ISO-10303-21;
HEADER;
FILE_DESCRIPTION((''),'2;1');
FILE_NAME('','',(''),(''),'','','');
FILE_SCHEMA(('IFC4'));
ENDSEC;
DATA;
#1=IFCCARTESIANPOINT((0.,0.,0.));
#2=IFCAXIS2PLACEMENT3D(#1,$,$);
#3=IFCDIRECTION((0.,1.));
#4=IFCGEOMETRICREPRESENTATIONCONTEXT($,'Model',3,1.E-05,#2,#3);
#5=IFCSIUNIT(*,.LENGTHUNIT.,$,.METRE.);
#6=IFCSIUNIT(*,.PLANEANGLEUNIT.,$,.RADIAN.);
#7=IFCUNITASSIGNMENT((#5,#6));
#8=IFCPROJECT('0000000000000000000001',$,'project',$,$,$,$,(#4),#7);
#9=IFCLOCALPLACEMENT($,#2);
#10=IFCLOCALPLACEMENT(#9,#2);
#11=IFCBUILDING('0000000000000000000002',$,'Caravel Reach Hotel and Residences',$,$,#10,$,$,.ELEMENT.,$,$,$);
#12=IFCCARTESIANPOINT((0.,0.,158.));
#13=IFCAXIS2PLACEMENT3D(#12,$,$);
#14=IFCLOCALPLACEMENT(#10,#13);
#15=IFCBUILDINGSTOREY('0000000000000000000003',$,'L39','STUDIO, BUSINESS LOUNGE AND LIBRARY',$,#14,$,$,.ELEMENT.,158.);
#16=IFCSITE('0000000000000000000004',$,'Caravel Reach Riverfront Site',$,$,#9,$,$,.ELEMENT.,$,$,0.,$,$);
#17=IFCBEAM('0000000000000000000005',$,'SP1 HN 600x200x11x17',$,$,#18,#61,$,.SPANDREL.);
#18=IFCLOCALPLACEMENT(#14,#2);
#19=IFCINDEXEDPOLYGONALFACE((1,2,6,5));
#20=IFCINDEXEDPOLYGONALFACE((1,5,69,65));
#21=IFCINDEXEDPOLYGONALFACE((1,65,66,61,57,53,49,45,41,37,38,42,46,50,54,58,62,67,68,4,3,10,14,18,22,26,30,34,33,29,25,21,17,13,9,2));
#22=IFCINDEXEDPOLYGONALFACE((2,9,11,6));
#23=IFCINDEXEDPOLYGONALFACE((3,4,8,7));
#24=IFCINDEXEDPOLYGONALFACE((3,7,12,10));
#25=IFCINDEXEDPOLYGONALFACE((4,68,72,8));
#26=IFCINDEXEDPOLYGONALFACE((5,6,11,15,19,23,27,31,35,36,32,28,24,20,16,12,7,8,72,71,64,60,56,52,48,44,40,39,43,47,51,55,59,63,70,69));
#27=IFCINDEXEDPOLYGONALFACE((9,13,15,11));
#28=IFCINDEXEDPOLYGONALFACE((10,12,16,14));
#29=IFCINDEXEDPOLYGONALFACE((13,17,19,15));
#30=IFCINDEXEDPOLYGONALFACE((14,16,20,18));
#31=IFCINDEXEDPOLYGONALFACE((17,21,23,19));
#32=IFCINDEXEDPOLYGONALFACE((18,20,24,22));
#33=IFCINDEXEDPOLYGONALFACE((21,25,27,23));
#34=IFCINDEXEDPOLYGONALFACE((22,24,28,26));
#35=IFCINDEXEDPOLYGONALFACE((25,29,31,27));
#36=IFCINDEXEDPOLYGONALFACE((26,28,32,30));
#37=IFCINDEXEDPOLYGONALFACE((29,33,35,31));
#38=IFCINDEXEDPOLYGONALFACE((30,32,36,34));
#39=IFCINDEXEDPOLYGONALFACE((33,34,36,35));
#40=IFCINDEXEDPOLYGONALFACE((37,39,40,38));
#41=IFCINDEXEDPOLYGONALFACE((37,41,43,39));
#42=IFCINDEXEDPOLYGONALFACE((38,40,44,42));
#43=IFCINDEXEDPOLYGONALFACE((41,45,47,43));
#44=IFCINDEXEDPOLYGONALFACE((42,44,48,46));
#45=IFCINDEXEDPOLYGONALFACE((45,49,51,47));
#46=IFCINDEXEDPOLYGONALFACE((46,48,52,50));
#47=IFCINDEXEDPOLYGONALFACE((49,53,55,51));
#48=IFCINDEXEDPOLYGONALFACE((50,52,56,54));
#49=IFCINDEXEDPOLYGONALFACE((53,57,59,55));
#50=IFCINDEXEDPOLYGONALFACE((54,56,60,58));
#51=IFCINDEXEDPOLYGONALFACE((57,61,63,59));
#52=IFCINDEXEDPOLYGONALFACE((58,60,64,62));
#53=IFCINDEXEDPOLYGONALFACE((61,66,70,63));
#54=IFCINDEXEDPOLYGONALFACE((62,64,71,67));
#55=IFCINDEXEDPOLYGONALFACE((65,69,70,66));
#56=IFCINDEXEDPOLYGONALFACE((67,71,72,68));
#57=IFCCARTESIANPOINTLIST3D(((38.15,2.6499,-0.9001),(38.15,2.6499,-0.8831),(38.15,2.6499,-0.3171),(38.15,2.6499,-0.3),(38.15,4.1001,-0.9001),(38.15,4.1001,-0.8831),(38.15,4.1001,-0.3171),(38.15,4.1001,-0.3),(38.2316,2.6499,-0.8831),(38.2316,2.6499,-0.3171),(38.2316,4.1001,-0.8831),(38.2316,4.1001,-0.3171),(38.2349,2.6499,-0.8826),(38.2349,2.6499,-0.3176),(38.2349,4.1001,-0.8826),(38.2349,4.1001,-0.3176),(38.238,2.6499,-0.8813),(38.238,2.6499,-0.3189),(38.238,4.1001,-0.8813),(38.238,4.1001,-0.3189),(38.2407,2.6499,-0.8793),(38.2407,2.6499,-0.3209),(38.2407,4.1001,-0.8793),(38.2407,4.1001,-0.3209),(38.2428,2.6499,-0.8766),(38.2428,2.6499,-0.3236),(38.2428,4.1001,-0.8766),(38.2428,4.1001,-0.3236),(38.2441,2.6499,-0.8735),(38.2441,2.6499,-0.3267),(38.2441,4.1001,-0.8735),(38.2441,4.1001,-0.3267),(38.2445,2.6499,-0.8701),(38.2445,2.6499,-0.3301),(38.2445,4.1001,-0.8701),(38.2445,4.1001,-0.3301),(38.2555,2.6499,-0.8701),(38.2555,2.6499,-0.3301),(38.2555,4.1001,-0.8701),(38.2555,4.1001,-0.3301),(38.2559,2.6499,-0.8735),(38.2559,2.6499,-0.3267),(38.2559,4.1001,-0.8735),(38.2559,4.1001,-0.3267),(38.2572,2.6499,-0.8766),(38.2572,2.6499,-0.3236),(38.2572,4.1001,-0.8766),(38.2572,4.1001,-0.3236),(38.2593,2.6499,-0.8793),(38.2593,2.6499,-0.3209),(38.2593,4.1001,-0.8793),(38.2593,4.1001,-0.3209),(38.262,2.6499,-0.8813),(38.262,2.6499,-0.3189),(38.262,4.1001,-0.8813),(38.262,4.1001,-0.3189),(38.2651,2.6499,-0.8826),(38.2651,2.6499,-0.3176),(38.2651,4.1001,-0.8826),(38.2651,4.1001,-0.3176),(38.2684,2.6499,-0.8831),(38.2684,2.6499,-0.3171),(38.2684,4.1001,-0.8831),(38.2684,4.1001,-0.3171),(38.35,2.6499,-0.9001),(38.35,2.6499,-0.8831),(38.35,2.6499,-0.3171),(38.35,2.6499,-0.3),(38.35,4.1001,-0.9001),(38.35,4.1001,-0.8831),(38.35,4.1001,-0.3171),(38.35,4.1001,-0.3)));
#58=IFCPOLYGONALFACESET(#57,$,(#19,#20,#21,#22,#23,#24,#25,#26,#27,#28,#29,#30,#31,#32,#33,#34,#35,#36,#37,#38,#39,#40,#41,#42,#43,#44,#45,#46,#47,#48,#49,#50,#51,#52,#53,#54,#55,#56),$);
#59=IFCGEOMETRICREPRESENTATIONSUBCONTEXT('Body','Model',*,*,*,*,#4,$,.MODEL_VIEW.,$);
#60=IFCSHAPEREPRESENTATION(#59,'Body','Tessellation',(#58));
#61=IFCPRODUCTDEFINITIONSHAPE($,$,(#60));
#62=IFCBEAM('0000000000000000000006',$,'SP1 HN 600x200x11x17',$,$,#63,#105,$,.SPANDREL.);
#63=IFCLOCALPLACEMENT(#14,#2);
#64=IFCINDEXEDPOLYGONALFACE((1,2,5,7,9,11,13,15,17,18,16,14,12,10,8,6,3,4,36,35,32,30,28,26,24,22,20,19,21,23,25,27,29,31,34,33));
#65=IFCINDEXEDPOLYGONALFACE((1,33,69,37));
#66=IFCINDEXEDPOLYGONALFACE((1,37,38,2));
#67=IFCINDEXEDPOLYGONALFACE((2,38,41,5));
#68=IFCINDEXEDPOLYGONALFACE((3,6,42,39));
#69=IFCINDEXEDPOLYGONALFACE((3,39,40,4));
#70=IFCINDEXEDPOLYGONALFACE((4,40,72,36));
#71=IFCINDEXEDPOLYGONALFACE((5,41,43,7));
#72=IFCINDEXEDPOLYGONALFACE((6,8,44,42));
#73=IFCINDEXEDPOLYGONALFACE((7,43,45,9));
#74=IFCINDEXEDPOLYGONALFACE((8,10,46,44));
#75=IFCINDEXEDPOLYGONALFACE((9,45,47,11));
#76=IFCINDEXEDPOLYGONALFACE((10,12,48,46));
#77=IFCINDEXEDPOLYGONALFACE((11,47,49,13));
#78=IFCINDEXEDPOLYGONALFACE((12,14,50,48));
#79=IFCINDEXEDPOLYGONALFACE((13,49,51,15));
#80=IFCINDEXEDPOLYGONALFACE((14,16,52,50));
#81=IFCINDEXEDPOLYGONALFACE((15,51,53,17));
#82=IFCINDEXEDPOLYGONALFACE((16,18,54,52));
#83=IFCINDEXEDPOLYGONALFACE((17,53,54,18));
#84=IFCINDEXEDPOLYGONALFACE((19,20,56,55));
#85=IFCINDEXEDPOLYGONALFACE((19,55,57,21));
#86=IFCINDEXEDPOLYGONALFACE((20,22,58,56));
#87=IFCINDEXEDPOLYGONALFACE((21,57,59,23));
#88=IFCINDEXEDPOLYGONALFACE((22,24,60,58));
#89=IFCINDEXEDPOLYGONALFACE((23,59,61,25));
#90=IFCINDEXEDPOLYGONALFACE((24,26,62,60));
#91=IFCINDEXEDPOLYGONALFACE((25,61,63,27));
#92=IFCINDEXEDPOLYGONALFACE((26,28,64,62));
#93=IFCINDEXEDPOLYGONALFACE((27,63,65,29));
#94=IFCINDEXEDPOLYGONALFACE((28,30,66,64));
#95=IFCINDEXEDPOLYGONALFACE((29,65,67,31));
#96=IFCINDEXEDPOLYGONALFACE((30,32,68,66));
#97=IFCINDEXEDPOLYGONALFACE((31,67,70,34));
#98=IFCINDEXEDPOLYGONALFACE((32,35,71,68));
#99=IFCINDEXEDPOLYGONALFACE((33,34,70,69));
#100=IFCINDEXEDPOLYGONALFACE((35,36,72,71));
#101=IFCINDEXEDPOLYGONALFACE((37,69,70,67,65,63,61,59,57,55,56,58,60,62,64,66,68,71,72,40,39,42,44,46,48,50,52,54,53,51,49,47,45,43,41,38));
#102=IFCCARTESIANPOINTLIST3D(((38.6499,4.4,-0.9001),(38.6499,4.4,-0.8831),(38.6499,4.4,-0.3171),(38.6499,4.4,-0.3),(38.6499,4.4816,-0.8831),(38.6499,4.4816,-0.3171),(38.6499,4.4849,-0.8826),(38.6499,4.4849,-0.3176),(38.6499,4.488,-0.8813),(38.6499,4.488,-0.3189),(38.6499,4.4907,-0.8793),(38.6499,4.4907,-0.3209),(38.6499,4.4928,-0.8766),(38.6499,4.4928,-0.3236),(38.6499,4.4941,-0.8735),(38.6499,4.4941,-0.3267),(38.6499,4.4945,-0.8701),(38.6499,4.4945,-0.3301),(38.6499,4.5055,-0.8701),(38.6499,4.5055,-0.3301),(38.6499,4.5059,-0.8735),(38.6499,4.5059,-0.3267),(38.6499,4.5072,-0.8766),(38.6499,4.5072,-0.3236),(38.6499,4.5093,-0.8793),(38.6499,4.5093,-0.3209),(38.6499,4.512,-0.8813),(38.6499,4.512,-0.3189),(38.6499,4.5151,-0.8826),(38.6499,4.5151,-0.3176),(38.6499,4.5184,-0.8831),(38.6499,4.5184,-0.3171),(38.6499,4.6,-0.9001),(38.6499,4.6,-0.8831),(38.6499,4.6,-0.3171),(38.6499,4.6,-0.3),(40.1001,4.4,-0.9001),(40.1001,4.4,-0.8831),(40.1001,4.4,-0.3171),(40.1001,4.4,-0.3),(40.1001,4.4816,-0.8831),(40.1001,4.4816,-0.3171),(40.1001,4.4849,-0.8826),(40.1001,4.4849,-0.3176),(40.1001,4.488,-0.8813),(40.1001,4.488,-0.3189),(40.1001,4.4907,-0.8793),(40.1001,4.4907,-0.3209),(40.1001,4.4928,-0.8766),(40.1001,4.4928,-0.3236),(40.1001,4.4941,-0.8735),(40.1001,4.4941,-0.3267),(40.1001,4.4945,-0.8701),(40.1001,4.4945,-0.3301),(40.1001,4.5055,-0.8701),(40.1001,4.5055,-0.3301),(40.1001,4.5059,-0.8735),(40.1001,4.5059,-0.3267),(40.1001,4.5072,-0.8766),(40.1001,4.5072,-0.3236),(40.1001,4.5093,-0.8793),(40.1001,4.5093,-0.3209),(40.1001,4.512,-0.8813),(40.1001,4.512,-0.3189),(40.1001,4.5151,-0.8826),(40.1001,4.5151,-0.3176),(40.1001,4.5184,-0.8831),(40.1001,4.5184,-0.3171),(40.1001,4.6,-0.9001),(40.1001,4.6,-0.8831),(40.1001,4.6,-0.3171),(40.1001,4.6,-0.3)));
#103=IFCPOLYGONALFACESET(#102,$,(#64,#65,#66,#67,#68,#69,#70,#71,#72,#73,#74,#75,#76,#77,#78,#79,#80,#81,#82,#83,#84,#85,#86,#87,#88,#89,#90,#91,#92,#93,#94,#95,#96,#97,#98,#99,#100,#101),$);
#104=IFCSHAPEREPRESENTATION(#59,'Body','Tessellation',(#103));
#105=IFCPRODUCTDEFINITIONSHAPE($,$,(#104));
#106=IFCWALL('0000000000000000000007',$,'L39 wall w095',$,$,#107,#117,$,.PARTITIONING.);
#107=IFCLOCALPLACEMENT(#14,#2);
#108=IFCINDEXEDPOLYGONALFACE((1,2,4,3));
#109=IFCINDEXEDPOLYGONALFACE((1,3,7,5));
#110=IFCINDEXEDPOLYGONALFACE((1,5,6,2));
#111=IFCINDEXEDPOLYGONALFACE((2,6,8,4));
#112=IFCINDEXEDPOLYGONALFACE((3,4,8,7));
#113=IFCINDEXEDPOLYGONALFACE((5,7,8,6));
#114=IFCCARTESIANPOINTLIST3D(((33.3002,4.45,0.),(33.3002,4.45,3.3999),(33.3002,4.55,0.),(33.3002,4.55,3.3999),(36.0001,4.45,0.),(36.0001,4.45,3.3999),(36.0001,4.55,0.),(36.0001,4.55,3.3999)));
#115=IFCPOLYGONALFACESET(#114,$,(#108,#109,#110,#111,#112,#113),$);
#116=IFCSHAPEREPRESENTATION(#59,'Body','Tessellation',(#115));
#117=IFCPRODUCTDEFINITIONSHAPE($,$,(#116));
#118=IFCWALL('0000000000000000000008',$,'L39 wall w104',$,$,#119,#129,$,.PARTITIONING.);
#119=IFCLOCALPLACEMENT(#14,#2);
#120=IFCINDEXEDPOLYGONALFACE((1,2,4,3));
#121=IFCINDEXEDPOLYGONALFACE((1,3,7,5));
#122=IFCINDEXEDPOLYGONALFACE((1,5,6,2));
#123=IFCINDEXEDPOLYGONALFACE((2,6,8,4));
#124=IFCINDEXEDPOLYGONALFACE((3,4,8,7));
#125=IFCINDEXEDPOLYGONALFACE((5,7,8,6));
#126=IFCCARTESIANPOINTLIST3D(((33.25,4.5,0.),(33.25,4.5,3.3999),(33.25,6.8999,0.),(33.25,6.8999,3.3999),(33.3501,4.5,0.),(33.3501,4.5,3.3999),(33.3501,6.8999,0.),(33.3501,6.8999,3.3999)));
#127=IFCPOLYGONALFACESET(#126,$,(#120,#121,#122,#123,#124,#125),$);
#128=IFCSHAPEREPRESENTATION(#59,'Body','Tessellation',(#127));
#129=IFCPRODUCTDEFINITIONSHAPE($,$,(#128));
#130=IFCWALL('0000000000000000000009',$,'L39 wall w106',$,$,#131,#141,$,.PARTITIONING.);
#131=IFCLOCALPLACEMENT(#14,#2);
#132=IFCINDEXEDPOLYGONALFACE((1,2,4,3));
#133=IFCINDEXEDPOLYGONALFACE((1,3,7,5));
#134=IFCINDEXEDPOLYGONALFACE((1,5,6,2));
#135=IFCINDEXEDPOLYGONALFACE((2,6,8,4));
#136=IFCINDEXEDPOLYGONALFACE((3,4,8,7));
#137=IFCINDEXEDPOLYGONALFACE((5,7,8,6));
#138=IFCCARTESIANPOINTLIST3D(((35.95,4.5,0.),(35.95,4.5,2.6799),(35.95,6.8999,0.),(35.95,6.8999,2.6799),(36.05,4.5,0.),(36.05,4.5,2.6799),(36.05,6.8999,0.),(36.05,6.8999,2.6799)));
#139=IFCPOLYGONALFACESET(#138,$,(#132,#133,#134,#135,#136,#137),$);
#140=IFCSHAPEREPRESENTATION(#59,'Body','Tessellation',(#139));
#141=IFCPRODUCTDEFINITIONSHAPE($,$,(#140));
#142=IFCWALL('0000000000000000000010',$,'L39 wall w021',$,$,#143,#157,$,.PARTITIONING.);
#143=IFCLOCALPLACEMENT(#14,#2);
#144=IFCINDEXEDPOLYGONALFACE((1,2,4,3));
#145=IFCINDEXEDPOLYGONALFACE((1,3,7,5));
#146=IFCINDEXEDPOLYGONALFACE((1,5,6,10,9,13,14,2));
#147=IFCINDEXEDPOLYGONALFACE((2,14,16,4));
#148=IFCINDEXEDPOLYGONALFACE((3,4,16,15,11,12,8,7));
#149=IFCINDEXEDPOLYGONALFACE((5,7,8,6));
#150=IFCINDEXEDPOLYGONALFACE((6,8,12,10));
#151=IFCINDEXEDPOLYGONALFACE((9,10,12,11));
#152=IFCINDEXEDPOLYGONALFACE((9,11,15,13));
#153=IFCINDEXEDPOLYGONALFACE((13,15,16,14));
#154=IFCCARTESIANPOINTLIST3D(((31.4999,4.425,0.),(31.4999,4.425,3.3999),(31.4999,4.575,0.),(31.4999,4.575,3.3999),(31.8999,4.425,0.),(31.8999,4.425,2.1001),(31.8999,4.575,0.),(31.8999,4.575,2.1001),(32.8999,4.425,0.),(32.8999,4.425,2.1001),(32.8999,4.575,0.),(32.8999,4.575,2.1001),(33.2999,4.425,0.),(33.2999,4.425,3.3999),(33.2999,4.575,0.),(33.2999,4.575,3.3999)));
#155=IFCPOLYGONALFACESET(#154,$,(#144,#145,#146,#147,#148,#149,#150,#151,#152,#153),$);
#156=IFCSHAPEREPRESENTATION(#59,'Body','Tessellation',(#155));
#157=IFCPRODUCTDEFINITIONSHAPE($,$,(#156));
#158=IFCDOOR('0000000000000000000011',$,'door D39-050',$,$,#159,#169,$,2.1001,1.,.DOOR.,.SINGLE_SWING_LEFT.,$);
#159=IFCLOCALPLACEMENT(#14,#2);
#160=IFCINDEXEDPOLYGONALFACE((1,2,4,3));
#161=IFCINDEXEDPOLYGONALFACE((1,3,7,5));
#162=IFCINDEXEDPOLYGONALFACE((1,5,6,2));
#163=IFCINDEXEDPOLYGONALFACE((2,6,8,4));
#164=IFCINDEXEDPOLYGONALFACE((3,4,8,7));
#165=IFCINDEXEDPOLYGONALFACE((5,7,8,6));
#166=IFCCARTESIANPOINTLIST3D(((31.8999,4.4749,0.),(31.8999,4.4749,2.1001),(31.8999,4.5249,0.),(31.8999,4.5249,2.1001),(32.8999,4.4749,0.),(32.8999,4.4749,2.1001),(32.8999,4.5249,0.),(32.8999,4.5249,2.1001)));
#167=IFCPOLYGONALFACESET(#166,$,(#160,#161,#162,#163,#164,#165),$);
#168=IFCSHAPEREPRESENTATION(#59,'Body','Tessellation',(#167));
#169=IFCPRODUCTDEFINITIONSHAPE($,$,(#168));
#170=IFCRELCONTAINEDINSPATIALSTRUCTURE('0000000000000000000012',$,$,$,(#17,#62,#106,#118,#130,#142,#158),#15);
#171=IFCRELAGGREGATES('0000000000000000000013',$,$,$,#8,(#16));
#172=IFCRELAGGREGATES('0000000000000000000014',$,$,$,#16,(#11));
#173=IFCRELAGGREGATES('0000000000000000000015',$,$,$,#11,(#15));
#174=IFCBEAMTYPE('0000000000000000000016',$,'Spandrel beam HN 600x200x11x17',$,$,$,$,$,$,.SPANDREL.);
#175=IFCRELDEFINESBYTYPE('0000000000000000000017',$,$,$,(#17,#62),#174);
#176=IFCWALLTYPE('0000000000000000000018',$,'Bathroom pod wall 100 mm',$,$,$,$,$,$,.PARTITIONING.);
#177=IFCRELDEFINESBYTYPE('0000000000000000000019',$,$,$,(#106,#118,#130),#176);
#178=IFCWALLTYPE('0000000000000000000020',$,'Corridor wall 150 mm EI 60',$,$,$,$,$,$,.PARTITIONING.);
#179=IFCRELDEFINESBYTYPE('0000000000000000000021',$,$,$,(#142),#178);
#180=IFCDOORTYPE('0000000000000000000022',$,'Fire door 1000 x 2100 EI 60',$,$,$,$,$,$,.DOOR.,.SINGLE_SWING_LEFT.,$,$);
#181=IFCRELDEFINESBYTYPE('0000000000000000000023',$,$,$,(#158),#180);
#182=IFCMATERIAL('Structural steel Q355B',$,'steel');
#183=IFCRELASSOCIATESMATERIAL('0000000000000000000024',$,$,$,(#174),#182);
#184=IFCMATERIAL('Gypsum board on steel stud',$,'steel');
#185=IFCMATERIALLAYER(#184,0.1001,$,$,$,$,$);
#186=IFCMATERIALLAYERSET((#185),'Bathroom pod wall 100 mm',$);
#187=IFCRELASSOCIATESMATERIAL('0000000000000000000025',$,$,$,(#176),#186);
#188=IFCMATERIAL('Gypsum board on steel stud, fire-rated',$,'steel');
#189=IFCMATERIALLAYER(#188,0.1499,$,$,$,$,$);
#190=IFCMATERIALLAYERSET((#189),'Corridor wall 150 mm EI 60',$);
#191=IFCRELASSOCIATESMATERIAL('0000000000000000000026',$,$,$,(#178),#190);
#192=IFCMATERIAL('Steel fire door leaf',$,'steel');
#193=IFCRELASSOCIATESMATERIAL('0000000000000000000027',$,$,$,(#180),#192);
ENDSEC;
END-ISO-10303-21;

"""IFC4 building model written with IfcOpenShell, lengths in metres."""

from ifc_helpers import new_model, si_unit, direction, frame, frame_2d, origin, origin_2d, place, context, subcontext, project, spatial, rectangle, i_section, extrude, material, layer, layer_set, material_profile, profile_set, type_object, element, fill, save


model = new_model("IFC4")

# Units and contexts
model_context = context("Model", 3, precision=1e-05, world=origin(), true_north=direction((0.0, 1.0)))
body_context = subcontext(model_context, "Body", "Model", "MODEL_VIEW")
ifc_project = project(units=[si_unit("LENGTHUNIT", "METRE"), si_unit("PLANEANGLEUNIT", "RADIAN")], contexts=[model_context])

# Site, building, storey
site_placement = place(None, origin())
site = spatial("IfcSite", under=ifc_project, at=site_placement, Name="Caravel Reach Riverfront Site", CompositionType="ELEMENT", RefElevation=0.0)
building_placement = place(site_placement, origin())
building = spatial("IfcBuilding", under=site, at=building_placement, Name="Caravel Reach Hotel and Residences", CompositionType="ELEMENT")
storey_placement = place(building_placement, frame((0.0, 0.0, 158.0)))
storey = spatial("IfcBuildingStorey", under=building, at=storey_placement, Name="L39", Description="STUDIO, BUSINESS LOUNGE AND LIBRARY", CompositionType="ELEMENT", Elevation=158.0)

# Beams
ifc_material_1 = material(Name="Structural steel Q355B", Category="steel")
ifc_material_profile_1 = material_profile(ifc_material_1, i_section(OverallWidth=0.2, OverallDepth=0.6001, WebThickness=0.011, FlangeThickness=0.0171, FilletRadius=0.0129, at=origin_2d()), Name="HN 600x200x11x17")
ifc_profile_set_1 = profile_set([ifc_material_profile_1], Name="Structural steel Q355B")
beam_type = type_object("IfcBeamType", Name="Spandrel beam HN 600x200x11x17", PredefinedType="SPANDREL", material=ifc_profile_set_1)
for number, where, z_axis, x_axis, name in (
    (1, (38.25, 2.6499, -0.6001), (0.0, 1.0, 0.0), (-1.0, 0.0, 0.0), "SP1 HN 600x200x11x17"),
    (2, (38.6499, 4.5, -0.6001), (1.0, 0.0, 0.0), (0.0, 1.0, 0.0), "SP1 HN 600x200x11x17"),
):
    element("IfcBeam", number, at=place(storey_placement, frame(where, z_axis=z_axis, x_axis=x_axis)), inside=storey, type_object=beam_type, Name=name, PredefinedType="SPANDREL", context=body_context, shape_type="SweptSolid", body=[
        extrude(i_section(OverallWidth=0.2, OverallDepth=0.6001, WebThickness=0.011, FlangeThickness=0.0171, FilletRadius=0.0129, at=origin_2d()), origin(), (0.0, 0.0, 1.0), 1.4502),
    ])

# Walls
ifc_material_2 = material(Name="Gypsum board on steel stud", Category="steel")
ifc_layer_1 = layer(ifc_material_2, 0.1001)
ifc_layer_set_1 = layer_set([ifc_layer_1], Name="Bathroom pod wall 100 mm")
wall_type_1 = type_object("IfcWallType", Name="Bathroom pod wall 100 mm", PredefinedType="PARTITIONING", material=ifc_layer_set_1)
wall_1_placement = place(storey_placement, frame((33.3, 4.5, 0.0), z_axis=(0.0, 0.0, 1.0), x_axis=(1.0, 0.0, 0.0)))
element("IfcWall", 3, at=wall_1_placement, inside=storey, type_object=wall_type_1, Name="L39 wall w095", PredefinedType="PARTITIONING", context=body_context, shape_type="SweptSolid", body=[
    extrude(rectangle(XDim=2.7, YDim=0.1001, at=frame_2d((1.3501, 0.0))), origin(), (0.0, 0.0, 1.0), 3.3999),
])
wall_2_placement = place(storey_placement, frame((33.3, 4.5, 0.0), z_axis=(0.0, 0.0, 1.0), x_axis=(0.0, 1.0, 0.0)))
element("IfcWall", 4, at=wall_2_placement, inside=storey, type_object=wall_type_1, Name="L39 wall w104", PredefinedType="PARTITIONING", context=body_context, shape_type="SweptSolid", body=[
    extrude(rectangle(XDim=2.3999, YDim=0.1001, at=frame_2d((1.2, 0.0))), origin(), (0.0, 0.0, 1.0), 3.3999),
])
wall_3_placement = place(storey_placement, frame((36.0, 4.5, 0.0), z_axis=(0.0, 0.0, 1.0), x_axis=(0.0, 1.0, 0.0)))
element("IfcWall", 5, at=wall_3_placement, inside=storey, type_object=wall_type_1, Name="L39 wall w106", PredefinedType="PARTITIONING", context=body_context, shape_type="SweptSolid", body=[
    extrude(rectangle(XDim=2.3999, YDim=0.1001, at=frame_2d((1.2, 0.0))), origin(), (0.0, 0.0, 1.0), 2.6799),
])

# Wall, opening, door
ifc_material_3 = material(Name="Gypsum board on steel stud, fire-rated", Category="steel")
ifc_layer_2 = layer(ifc_material_3, 0.1499)
ifc_layer_set_2 = layer_set([ifc_layer_2], Name="Corridor wall 150 mm EI 60")
wall_type_2 = type_object("IfcWallType", Name="Corridor wall 150 mm EI 60", PredefinedType="PARTITIONING", material=ifc_layer_set_2)
wall_4_placement = place(storey_placement, frame((31.5, 4.5, 0.0), z_axis=(0.0, 0.0, 1.0), x_axis=(1.0, 0.0, 0.0)))
wall_4 = element("IfcWall", 6, at=wall_4_placement, inside=storey, type_object=wall_type_2, Name="L39 wall w021", PredefinedType="PARTITIONING", context=body_context, shape_type="SweptSolid", body=[
    extrude(rectangle(XDim=1.8, YDim=0.1499, at=frame_2d((0.8999, 0.0))), origin(), (0.0, 0.0, 1.0), 3.3999),
])
opening_1_placement = place(wall_4_placement, frame((0.3999, 0.0, 0.0)))
opening_1 = element("IfcOpeningElement", 7, at=opening_1_placement, cuts=wall_4, PredefinedType="OPENING", context=body_context, shape_type="SweptSolid", body=[
    extrude(rectangle(XDim=1.0, YDim=2.1001, at=frame_2d((0.5, 1.05))), frame((0.0, 0.085, 0.0), z_axis=(0.0, -1.0, 0.0), x_axis=(1.0, 0.0, 0.0)), (0.0, 0.0, 1.0), 0.1699),
])
ifc_material_4 = material(Name="Steel fire door leaf", Category="steel")
door_type_1 = type_object("IfcDoorType", Name="Fire door 1000 x 2100 EI 60", OperationType="SINGLE_SWING_LEFT", PredefinedType="DOOR", material=ifc_material_4)
door_1_placement = place(opening_1_placement, origin())
door_1 = element("IfcDoor", 8, at=door_1_placement, inside=storey, type_object=door_type_1, Name="door D39-050", OperationType="SINGLE_SWING_LEFT", OverallHeight=2.1001, OverallWidth=1.0, PredefinedType="DOOR", context=body_context, shape_type="SweptSolid", body=[
    extrude(rectangle(XDim=1.0, YDim=2.1001, at=frame_2d((0.5, 1.05))), frame((0.0, 0.0249, 0.0), z_axis=(0.0, -1.0, 0.0), x_axis=(1.0, 0.0, 0.0)), (0.0, 0.0, 1.0), 0.05),
])
fill(opening_1, door_1)

save(model, "model.ifc")
